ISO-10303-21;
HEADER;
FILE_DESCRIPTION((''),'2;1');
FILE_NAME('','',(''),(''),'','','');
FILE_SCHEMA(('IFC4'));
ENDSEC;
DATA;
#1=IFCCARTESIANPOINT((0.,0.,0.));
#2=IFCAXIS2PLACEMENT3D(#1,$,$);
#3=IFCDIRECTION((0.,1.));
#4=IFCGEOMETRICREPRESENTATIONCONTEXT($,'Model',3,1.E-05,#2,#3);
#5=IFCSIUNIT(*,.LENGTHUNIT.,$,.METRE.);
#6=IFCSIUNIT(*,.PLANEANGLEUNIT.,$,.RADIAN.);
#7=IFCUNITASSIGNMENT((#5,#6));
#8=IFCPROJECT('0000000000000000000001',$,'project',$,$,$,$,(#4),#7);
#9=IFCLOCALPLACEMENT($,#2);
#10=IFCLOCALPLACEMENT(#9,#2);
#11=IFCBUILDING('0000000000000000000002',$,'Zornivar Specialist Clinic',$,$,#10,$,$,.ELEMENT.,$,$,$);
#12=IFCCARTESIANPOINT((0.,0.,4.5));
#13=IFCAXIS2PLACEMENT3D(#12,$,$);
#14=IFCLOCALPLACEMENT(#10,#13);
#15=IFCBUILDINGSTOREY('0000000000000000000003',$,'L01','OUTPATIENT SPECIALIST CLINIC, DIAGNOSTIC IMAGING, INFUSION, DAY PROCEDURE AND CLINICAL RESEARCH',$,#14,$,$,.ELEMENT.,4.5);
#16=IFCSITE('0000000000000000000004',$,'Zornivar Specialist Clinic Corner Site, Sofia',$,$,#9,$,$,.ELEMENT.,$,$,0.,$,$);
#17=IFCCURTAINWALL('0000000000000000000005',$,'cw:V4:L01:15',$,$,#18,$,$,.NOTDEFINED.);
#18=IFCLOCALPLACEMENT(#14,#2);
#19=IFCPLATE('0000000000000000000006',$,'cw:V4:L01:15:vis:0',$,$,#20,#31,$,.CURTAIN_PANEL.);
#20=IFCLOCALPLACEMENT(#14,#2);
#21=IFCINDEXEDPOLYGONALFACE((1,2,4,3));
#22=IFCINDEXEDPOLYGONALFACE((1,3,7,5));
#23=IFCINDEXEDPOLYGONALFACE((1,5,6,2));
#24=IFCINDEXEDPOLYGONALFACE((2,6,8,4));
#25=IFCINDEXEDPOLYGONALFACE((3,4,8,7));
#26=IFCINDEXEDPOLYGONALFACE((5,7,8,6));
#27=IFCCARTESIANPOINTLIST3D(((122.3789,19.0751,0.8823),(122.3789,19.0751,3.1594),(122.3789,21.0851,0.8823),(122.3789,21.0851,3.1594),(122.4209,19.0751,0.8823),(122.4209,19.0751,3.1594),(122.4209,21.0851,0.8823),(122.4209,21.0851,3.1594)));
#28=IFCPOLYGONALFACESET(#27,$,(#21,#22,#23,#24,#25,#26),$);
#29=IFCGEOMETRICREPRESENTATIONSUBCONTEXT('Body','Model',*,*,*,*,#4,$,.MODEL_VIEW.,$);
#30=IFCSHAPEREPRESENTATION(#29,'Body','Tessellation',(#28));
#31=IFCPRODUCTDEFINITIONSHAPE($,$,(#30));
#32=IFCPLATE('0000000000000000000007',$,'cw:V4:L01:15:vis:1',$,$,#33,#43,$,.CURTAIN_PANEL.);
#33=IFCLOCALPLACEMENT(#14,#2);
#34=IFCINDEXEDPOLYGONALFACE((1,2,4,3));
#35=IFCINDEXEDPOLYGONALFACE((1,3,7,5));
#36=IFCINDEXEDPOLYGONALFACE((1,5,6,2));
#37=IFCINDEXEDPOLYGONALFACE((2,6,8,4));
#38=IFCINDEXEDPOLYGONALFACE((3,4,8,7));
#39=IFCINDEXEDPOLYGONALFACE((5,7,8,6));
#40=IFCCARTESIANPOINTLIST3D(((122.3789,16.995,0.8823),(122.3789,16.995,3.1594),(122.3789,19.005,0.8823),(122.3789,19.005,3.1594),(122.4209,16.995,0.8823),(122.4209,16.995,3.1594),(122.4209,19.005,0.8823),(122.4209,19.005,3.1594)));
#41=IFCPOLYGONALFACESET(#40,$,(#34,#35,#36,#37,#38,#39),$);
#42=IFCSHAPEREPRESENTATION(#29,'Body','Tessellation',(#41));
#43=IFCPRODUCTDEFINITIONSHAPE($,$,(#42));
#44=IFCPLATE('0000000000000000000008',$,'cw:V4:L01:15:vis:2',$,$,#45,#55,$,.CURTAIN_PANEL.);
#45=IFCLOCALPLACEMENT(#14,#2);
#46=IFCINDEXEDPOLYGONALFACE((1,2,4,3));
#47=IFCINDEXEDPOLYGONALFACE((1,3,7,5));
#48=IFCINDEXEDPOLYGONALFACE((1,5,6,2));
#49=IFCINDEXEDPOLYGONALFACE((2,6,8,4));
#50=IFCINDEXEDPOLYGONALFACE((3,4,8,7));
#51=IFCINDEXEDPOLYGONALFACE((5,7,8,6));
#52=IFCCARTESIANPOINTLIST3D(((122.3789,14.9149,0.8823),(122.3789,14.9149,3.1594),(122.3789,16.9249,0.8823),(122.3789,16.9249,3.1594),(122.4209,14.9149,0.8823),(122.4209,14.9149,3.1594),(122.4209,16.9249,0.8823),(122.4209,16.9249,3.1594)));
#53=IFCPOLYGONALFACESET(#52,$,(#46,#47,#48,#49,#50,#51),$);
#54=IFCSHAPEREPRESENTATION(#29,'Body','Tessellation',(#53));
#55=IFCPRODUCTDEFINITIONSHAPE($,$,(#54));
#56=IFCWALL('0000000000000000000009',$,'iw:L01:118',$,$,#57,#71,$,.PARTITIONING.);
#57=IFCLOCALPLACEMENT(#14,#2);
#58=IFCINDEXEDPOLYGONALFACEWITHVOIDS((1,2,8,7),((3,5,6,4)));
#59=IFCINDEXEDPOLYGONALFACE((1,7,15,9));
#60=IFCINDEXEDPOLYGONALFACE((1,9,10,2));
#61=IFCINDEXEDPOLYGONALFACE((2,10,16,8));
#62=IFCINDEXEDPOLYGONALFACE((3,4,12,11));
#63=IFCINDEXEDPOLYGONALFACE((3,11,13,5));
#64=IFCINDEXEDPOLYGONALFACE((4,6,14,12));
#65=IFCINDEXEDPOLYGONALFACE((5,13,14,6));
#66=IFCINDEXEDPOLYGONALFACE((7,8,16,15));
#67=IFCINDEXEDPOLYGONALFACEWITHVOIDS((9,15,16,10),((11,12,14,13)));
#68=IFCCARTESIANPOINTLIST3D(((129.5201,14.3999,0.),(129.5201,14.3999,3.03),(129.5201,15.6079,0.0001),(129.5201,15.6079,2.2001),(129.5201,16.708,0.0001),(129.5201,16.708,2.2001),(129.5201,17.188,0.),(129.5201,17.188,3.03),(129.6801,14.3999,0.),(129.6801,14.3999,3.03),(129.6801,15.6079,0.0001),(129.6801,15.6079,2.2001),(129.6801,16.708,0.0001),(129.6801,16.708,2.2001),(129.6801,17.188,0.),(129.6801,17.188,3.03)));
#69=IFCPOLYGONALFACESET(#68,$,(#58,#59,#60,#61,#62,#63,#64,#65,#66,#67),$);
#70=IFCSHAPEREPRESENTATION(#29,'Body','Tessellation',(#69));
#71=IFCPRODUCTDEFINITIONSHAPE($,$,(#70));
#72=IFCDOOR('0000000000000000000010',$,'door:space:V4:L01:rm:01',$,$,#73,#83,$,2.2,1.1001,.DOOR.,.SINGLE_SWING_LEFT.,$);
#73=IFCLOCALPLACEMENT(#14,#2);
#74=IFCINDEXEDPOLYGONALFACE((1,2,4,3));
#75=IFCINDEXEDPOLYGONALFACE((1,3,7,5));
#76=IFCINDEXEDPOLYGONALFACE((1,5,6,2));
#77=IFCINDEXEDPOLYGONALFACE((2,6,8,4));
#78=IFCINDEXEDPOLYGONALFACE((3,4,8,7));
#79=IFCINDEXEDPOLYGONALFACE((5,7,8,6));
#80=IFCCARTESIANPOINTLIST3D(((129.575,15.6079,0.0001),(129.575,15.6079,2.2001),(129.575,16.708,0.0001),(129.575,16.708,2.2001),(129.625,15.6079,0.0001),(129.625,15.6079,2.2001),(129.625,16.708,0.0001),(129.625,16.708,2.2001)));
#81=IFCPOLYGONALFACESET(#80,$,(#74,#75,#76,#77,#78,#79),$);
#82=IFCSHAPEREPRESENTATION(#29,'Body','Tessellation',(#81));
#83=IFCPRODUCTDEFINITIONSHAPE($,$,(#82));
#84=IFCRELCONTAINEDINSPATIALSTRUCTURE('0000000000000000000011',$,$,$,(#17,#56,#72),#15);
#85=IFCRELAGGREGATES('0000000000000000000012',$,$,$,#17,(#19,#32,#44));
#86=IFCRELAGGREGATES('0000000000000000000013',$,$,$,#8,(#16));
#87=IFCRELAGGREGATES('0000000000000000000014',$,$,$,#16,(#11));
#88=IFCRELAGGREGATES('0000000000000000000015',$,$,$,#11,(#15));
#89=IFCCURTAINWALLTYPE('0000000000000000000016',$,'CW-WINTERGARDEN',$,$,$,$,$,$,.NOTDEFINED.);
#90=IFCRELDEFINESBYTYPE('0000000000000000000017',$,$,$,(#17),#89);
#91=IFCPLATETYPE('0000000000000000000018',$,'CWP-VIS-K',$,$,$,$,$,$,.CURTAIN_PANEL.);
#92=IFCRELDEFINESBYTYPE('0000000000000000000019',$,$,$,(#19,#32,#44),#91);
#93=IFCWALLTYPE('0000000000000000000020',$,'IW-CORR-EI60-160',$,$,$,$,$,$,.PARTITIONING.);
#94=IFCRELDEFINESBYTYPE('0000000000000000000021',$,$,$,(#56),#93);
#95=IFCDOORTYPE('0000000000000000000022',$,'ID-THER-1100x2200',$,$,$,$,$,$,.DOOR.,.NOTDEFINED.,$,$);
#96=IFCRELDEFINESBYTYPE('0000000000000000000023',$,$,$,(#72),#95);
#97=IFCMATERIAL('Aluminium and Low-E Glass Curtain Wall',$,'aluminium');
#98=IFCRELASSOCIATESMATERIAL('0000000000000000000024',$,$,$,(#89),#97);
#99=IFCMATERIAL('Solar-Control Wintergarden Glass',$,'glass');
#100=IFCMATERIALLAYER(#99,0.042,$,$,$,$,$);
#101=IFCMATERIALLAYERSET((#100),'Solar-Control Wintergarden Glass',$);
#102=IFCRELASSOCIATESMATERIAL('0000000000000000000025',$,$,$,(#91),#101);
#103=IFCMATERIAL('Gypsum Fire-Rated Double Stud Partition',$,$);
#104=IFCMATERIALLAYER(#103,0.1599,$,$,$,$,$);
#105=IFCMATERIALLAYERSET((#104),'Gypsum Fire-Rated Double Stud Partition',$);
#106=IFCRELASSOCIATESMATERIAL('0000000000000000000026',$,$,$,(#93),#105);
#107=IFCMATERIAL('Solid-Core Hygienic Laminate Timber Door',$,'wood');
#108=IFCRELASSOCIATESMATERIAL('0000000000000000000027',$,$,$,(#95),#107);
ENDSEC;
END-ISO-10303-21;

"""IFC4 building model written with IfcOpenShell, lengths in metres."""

from ifc_helpers import new_model, si_unit, direction, frame, frame_2d, origin, origin_2d, place, context, subcontext, project, spatial, rectangle, extrude, material, layer, layer_set, type_object, element, fill, aggregate, save


model = new_model("IFC4")

# Units and contexts
model_context = context("Model", 3, precision=1e-05, world=origin(), true_north=direction((0.0, 1.0)))
body_context = subcontext(model_context, "Body", "Model", "MODEL_VIEW")
ifc_project = project(units=[si_unit("LENGTHUNIT", "METRE"), si_unit("PLANEANGLEUNIT", "RADIAN")], contexts=[model_context])

# Site, building, storey
site_placement = place(None, origin())
site = spatial("IfcSite", under=ifc_project, at=site_placement, Name="Zornivar Specialist Clinic Corner Site, Sofia", CompositionType="ELEMENT", RefElevation=0.0)
building_placement = place(site_placement, origin())
building = spatial("IfcBuilding", under=site, at=building_placement, Name="Zornivar Specialist Clinic", CompositionType="ELEMENT")
storey_placement = place(building_placement, frame((0.0, 0.0, 4.5)))
storey = spatial("IfcBuildingStorey", under=building, at=storey_placement, Name="L01", Description="OUTPATIENT SPECIALIST CLINIC, DIAGNOSTIC IMAGING, INFUSION, DAY PROCEDURE AND CLINICAL RESEARCH", CompositionType="ELEMENT", Elevation=4.5)

# Curtain wall
ifc_material_1 = material(Name="Aluminium and Low-E Glass Curtain Wall", Category="aluminium")
curtain_wall_type = type_object("IfcCurtainWallType", Name="CW-WINTERGARDEN", PredefinedType="NOTDEFINED", material=ifc_material_1)
curtain_wall_1_placement = place(storey_placement, origin())
curtain_wall_1 = element("IfcCurtainWall", 1, at=curtain_wall_1_placement, inside=storey, type_object=curtain_wall_type, Name="cw:V4:L01:15", PredefinedType="NOTDEFINED")

# Plates
ifc_material_2 = material(Name="Solar-Control Wintergarden Glass", Category="glass")
ifc_layer_1 = layer(ifc_material_2, 0.042)
ifc_layer_set_1 = layer_set([ifc_layer_1], Name="Solar-Control Wintergarden Glass")
plate_type_1 = type_object("IfcPlateType", Name="CWP-VIS-K", PredefinedType="CURTAIN_PANEL", material=ifc_layer_set_1)
plate_1_placement = place(storey_placement, frame((122.3999, 20.0801, 0.8823), z_axis=(0.0, 0.0, 1.0), x_axis=(0.0, -1.0, 0.0)))
plate_1 = element("IfcPlate", 2, at=plate_1_placement, type_object=plate_type_1, Name="cw:V4:L01:15:vis:0", PredefinedType="CURTAIN_PANEL", context=body_context, shape_type="SweptSolid", body=[
    extrude(rectangle(XDim=2.01, YDim=0.042, at=origin_2d()), origin(), (0.0, 0.0, 1.0), 2.2771),
])
plate_2_placement = place(storey_placement, frame((122.3999, 18.0, 0.8823), z_axis=(0.0, 0.0, 1.0), x_axis=(0.0, -1.0, 0.0)))
plate_2 = element("IfcPlate", 3, at=plate_2_placement, type_object=plate_type_1, Name="cw:V4:L01:15:vis:1", PredefinedType="CURTAIN_PANEL", context=body_context, shape_type="SweptSolid", body=[
    extrude(rectangle(XDim=2.01, YDim=0.042, at=origin_2d()), origin(), (0.0, 0.0, 1.0), 2.2771),
])
plate_3_placement = place(storey_placement, frame((122.3999, 15.9199, 0.8823), z_axis=(0.0, 0.0, 1.0), x_axis=(0.0, -1.0, 0.0)))
plate_3 = element("IfcPlate", 4, at=plate_3_placement, type_object=plate_type_1, Name="cw:V4:L01:15:vis:2", PredefinedType="CURTAIN_PANEL", context=body_context, shape_type="SweptSolid", body=[
    extrude(rectangle(XDim=2.01, YDim=0.042, at=origin_2d()), origin(), (0.0, 0.0, 1.0), 2.2771),
])
aggregate(curtain_wall_1, [plate_1, plate_2, plate_3])

# Wall, opening, door
ifc_material_3 = material(Name="Gypsum Fire-Rated Double Stud Partition")
ifc_layer_2 = layer(ifc_material_3, 0.1599)
ifc_layer_set_2 = layer_set([ifc_layer_2], Name="Gypsum Fire-Rated Double Stud Partition")
wall_type = type_object("IfcWallType", Name="IW-CORR-EI60-160", PredefinedType="PARTITIONING", material=ifc_layer_set_2)
wall_placement = place(storey_placement, frame((129.6001, 17.188, 0.0), z_axis=(0.0, 0.0, 1.0), x_axis=(0.0, -1.0, 0.0)))
wall = element("IfcWall", 5, at=wall_placement, inside=storey, type_object=wall_type, Name="iw:L01:118", PredefinedType="PARTITIONING", context=body_context, shape_type="SweptSolid", body=[
    extrude(rectangle(XDim=2.7881, YDim=0.1599, at=frame_2d((1.394, 0.0))), origin(), (0.0, 0.0, 1.0), 3.03),
])
opening_placement = place(wall_placement, frame((0.48, 0.0, 0.0)))
opening = element("IfcOpeningElement", 6, at=opening_placement, cuts=wall, PredefinedType="OPENING", context=body_context, shape_type="SweptSolid", body=[
    extrude(rectangle(XDim=1.1001, YDim=2.2, at=frame_2d((0.55, 1.1001))), frame((0.0, 0.0898, 0.0), z_axis=(0.0, -1.0, 0.0), x_axis=(1.0, 0.0, 0.0)), (0.0, 0.0, 1.0), 0.1799),
])
ifc_material_4 = material(Name="Solid-Core Hygienic Laminate Timber Door", Category="wood")
door_type = type_object("IfcDoorType", Name="ID-THER-1100x2200", OperationType="NOTDEFINED", PredefinedType="DOOR", material=ifc_material_4)
door_placement = place(opening_placement, origin())
door = element("IfcDoor", 7, at=door_placement, inside=storey, type_object=door_type, Name="door:space:V4:L01:rm:01", OperationType="SINGLE_SWING_LEFT", OverallHeight=2.2, OverallWidth=1.1001, PredefinedType="DOOR", context=body_context, shape_type="SweptSolid", body=[
    extrude(rectangle(XDim=1.1001, YDim=2.2, at=frame_2d((0.55, 1.1001))), frame((0.0, 0.0249, 0.0), z_axis=(0.0, -1.0, 0.0), x_axis=(1.0, 0.0, 0.0)), (0.0, 0.0, 1.0), 0.05),
])
fill(opening, door)

save(model, "model.ifc")
